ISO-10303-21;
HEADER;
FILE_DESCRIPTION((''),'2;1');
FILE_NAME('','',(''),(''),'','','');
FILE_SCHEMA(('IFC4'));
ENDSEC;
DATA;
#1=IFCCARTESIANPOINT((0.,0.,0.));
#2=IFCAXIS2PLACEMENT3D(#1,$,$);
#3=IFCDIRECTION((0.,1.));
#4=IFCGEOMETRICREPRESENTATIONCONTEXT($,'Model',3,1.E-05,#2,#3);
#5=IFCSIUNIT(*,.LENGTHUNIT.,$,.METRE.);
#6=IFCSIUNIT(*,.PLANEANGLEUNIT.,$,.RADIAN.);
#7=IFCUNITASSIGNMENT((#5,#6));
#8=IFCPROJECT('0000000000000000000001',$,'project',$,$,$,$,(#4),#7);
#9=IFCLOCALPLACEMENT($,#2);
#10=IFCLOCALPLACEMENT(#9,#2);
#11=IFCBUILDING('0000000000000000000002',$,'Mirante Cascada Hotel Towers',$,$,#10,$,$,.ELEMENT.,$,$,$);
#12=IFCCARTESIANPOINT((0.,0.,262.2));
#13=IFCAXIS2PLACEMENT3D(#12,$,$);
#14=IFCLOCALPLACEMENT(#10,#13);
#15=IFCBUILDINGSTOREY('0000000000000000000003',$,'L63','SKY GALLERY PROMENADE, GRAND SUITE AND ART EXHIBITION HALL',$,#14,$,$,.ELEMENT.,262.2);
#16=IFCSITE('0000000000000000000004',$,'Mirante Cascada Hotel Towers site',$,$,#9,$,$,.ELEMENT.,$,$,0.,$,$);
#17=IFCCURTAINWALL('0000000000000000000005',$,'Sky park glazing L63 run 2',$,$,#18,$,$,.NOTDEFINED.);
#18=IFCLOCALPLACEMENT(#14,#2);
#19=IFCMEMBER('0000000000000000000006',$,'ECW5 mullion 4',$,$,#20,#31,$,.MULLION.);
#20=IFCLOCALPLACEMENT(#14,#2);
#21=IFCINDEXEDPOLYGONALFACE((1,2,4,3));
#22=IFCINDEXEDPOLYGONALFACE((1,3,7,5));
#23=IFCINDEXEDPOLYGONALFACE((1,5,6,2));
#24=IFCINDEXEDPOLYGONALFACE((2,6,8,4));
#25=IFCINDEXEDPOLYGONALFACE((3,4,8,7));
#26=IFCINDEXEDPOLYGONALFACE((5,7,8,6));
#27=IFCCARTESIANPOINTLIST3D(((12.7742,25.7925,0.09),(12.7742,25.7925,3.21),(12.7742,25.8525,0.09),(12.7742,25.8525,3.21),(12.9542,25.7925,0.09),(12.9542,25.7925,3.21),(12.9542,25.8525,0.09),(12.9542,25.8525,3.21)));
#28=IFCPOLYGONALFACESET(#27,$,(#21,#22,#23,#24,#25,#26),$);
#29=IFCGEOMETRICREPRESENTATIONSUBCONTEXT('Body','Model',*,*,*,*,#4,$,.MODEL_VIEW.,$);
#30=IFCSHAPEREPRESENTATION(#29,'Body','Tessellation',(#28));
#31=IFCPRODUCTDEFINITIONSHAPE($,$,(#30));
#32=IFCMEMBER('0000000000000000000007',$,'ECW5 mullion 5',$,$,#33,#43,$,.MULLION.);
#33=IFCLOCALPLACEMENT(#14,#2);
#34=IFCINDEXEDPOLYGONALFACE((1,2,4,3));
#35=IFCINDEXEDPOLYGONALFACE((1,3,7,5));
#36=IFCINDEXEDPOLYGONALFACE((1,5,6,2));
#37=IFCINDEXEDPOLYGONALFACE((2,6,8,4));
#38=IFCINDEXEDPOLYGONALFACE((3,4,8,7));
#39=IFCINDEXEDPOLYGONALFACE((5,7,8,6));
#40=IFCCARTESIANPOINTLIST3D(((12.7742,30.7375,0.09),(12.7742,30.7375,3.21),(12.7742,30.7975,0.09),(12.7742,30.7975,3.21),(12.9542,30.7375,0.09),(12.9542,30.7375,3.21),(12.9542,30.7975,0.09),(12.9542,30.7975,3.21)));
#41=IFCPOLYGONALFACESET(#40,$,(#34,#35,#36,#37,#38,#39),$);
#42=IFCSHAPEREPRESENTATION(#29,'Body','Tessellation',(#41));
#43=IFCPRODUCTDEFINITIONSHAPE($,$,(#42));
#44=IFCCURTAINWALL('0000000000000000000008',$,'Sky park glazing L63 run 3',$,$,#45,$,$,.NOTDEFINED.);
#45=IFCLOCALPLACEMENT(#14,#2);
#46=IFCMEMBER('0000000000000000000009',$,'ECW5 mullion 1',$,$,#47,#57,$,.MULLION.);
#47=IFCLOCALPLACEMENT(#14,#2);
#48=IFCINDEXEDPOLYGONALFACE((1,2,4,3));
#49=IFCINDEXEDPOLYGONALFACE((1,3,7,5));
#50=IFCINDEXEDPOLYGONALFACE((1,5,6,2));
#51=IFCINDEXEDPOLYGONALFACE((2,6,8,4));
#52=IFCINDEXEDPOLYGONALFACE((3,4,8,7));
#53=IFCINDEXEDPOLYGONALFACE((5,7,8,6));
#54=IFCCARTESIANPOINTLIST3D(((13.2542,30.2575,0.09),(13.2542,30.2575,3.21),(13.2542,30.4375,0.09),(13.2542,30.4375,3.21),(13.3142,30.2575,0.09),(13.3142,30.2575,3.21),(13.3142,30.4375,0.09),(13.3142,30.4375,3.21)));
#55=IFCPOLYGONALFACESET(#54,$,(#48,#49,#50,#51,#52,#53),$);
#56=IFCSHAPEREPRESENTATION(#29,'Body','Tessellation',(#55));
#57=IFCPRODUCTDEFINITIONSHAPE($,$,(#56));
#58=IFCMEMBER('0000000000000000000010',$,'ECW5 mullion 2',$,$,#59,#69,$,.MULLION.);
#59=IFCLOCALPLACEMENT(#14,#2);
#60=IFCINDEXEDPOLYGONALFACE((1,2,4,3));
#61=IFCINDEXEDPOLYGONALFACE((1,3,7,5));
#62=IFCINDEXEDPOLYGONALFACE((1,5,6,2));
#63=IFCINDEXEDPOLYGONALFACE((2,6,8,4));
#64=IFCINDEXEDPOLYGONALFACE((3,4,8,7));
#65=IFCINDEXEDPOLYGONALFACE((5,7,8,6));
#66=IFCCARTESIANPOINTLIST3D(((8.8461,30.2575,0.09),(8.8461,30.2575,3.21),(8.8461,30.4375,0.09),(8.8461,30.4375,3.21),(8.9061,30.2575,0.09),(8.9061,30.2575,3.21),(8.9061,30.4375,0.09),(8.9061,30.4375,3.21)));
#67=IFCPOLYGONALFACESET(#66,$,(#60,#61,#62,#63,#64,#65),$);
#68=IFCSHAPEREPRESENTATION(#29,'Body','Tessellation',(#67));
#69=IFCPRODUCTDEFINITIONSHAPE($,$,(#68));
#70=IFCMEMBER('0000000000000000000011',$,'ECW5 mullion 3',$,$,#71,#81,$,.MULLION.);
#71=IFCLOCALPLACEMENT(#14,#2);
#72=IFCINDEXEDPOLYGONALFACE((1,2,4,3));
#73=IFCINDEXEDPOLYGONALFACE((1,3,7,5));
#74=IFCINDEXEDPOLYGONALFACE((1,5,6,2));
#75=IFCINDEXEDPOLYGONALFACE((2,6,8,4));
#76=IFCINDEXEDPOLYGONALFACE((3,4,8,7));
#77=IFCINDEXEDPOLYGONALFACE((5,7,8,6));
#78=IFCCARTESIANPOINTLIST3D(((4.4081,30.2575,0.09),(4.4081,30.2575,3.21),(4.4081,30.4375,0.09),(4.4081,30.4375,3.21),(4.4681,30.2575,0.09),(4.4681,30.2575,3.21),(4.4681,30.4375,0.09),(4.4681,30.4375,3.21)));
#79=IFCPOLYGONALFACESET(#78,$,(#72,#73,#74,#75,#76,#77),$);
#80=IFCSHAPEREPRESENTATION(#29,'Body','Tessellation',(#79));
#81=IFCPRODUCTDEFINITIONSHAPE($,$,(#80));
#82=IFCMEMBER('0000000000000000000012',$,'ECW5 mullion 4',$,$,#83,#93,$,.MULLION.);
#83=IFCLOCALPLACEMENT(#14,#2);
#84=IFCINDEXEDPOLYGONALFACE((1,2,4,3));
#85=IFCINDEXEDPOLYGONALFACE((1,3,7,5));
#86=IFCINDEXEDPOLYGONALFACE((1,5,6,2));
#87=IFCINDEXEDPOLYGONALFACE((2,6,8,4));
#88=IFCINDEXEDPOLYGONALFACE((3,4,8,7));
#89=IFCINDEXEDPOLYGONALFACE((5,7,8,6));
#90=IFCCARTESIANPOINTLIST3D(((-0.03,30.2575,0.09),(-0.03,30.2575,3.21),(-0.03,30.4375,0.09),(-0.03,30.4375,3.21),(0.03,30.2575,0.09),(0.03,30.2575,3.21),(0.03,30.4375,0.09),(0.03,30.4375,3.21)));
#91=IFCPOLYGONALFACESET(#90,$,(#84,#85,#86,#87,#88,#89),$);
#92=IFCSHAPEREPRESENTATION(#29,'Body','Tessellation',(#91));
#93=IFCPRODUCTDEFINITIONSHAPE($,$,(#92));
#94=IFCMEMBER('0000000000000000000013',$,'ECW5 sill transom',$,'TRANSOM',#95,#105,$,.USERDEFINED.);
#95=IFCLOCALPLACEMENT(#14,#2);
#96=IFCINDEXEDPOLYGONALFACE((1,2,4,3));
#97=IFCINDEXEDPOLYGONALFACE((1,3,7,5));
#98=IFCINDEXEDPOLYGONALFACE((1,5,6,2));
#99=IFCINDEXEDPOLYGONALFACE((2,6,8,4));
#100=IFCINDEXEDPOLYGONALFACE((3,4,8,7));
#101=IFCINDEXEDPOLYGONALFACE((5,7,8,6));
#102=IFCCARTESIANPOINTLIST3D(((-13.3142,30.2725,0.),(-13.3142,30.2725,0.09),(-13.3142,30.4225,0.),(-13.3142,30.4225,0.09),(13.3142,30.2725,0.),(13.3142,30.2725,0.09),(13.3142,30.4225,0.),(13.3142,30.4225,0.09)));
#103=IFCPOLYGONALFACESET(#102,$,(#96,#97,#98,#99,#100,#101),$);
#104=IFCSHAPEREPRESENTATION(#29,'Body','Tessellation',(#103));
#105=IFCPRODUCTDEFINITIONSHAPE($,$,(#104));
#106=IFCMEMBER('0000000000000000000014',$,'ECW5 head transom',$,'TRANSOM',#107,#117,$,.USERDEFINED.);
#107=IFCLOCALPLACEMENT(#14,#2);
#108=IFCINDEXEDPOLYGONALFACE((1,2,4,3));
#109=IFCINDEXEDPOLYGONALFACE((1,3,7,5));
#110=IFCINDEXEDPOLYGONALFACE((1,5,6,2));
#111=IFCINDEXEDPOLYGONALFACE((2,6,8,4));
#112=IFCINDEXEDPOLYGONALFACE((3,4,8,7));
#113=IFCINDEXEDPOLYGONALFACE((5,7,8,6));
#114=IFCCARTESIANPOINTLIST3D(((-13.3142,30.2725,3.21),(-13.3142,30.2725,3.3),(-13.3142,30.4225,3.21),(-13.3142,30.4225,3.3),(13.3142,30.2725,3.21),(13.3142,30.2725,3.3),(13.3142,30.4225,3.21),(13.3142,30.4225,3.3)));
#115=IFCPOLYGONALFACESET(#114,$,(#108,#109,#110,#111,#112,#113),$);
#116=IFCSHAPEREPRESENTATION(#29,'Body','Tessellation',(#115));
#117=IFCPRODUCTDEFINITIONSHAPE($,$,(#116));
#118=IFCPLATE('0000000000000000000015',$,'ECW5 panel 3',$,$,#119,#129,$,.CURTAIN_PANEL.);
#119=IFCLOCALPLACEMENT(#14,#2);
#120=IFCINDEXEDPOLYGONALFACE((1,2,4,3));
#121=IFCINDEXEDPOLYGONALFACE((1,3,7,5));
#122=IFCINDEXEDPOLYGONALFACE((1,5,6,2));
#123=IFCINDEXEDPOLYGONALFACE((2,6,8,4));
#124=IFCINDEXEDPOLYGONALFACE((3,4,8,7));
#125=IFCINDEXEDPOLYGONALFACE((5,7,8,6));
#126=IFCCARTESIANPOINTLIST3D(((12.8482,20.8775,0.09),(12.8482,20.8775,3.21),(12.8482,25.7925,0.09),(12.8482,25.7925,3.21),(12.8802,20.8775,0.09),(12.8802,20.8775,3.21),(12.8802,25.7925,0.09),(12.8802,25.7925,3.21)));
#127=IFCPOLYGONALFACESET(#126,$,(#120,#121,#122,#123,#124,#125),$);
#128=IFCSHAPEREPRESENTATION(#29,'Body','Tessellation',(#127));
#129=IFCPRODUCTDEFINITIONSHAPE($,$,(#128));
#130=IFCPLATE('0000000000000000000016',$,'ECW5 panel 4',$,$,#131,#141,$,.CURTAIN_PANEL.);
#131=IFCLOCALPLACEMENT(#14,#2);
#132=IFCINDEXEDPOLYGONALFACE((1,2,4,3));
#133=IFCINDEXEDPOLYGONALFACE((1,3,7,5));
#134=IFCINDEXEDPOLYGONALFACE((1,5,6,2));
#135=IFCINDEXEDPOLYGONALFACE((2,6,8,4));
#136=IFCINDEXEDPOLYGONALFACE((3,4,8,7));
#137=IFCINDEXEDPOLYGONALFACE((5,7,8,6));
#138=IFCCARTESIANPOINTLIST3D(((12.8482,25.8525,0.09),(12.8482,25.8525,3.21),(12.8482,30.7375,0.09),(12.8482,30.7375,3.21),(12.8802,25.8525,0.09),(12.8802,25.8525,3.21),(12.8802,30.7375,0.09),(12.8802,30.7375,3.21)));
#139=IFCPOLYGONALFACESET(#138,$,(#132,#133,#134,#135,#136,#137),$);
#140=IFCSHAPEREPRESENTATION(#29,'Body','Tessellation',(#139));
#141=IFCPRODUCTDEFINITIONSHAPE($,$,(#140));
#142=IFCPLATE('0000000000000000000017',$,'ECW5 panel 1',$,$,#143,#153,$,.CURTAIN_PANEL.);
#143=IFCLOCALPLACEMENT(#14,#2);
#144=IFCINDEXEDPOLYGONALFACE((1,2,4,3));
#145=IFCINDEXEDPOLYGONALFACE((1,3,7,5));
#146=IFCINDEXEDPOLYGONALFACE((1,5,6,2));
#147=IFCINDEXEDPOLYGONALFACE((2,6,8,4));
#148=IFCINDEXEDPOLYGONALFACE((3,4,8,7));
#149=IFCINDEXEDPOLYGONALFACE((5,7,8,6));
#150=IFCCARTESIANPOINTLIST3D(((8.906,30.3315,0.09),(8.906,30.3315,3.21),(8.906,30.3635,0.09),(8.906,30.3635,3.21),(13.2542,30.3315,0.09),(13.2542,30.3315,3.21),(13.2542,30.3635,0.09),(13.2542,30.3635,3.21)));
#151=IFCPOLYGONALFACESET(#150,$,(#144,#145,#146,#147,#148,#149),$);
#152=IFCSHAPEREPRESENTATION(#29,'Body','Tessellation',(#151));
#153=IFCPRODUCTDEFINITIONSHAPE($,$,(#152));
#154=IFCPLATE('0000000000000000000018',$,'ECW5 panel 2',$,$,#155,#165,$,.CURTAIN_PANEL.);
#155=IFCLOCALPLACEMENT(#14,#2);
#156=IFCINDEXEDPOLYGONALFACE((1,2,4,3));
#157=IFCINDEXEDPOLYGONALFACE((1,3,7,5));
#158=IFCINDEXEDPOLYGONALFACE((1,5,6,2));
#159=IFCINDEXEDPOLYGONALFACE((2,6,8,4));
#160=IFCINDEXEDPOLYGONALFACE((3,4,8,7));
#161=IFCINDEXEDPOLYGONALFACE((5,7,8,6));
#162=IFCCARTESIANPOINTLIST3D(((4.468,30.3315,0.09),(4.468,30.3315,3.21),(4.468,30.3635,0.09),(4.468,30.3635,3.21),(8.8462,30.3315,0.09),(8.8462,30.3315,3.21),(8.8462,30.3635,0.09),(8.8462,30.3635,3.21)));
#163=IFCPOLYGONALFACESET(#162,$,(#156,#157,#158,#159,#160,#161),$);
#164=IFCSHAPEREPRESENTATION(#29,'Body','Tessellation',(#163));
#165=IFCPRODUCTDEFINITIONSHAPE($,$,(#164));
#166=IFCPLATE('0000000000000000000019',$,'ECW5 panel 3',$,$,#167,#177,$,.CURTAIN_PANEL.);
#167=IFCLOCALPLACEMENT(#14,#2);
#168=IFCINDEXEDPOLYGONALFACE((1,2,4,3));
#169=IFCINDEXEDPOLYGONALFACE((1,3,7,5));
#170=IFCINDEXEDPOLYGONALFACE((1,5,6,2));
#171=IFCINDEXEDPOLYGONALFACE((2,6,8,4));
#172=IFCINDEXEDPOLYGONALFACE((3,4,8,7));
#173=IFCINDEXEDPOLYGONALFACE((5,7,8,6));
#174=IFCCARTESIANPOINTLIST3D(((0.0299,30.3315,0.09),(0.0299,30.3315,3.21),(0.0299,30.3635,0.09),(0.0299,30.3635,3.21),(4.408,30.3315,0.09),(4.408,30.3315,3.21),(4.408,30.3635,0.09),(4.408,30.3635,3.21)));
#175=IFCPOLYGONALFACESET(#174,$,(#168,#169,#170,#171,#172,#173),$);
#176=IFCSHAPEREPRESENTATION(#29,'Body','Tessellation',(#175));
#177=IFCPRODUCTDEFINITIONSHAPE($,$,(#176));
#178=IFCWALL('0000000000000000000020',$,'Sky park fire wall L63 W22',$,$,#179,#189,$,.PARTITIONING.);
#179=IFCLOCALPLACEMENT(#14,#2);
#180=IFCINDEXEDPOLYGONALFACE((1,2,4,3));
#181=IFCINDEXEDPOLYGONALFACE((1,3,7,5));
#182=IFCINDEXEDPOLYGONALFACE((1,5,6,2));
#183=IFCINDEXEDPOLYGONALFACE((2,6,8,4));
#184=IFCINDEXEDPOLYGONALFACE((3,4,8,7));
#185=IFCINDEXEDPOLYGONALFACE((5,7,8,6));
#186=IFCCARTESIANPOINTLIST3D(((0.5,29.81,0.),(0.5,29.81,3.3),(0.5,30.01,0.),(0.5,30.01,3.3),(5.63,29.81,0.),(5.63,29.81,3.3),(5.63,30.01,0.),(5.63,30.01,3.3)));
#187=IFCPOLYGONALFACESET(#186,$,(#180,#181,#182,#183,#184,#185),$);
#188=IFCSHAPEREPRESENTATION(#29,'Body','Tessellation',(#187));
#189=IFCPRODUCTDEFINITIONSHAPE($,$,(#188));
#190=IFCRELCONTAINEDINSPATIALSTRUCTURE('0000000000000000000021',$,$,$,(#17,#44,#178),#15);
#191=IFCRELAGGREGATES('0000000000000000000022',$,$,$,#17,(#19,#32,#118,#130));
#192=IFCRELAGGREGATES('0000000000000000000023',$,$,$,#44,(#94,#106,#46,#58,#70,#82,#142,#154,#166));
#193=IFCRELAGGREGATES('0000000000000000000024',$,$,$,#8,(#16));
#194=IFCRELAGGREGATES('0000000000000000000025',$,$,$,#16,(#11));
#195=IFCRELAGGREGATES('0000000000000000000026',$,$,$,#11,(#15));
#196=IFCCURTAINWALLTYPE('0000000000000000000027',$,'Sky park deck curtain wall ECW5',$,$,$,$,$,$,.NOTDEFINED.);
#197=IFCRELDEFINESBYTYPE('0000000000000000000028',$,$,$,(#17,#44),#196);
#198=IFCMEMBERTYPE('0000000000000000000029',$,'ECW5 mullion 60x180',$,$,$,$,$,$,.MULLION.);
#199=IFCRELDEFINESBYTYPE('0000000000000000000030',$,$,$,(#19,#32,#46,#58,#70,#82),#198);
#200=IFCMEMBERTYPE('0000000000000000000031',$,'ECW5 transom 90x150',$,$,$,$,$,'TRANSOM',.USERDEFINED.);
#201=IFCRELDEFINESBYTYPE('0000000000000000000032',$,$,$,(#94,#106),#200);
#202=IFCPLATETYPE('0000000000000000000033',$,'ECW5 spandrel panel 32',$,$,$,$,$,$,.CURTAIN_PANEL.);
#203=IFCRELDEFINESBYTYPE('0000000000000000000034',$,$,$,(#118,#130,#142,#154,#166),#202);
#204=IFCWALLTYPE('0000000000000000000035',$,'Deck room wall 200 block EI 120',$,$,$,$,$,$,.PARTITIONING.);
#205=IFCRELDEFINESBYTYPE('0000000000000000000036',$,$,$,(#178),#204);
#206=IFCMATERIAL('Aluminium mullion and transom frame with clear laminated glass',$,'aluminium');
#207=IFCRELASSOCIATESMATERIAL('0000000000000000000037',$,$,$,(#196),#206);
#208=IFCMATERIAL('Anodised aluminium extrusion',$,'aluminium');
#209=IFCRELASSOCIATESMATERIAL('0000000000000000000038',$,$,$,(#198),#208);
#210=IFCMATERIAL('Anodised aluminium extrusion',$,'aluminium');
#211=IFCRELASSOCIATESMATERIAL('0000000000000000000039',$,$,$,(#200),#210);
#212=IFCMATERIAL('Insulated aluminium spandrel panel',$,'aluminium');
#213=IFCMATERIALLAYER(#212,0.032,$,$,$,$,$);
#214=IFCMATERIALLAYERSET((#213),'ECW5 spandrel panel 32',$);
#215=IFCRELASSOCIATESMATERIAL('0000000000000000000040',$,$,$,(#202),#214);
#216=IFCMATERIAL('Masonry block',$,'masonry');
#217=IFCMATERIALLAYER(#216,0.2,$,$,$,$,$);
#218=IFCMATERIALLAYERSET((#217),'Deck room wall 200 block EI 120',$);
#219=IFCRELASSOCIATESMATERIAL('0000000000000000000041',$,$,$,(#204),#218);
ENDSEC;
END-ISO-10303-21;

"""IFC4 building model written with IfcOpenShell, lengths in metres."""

from ifc_helpers import new_model, si_unit, direction, frame, frame_2d, origin, origin_2d, place, context, subcontext, project, spatial, rectangle, extrude, material, layer, layer_set, material_profile, profile_set, type_object, element, aggregate, save


model = new_model("IFC4")

# Units and contexts
model_context = context("Model", 3, precision=1e-05, world=origin(), true_north=direction((0.0, 1.0)))
body_context = subcontext(model_context, "Body", "Model", "MODEL_VIEW")
ifc_project = project(units=[si_unit("LENGTHUNIT", "METRE"), si_unit("PLANEANGLEUNIT", "RADIAN")], contexts=[model_context])

# Site, building, storey
site_placement = place(None, origin())
site = spatial("IfcSite", under=ifc_project, at=site_placement, Name="Mirante Cascada Hotel Towers site", CompositionType="ELEMENT", RefElevation=0.0)
building_placement = place(site_placement, origin())
building = spatial("IfcBuilding", under=site, at=building_placement, Name="Mirante Cascada Hotel Towers", CompositionType="ELEMENT")
storey_placement = place(building_placement, frame((0.0, 0.0, 262.2)))
storey = spatial("IfcBuildingStorey", under=building, at=storey_placement, Name="L63", Description="SKY GALLERY PROMENADE, GRAND SUITE AND ART EXHIBITION HALL", CompositionType="ELEMENT", Elevation=262.2)

# Curtain walls, members
ifc_material_1 = material(Name="Aluminium mullion and transom frame with clear laminated glass", Category="aluminium")
curtain_wall_type = type_object("IfcCurtainWallType", Name="Sky park deck curtain wall ECW5", PredefinedType="NOTDEFINED", material=ifc_material_1)
curtain_wall_1_placement = place(storey_placement, origin())
curtain_wall_1 = element("IfcCurtainWall", 1, at=curtain_wall_1_placement, inside=storey, type_object=curtain_wall_type, Name="Sky park glazing L63 run 2", PredefinedType="NOTDEFINED")
ifc_material_2 = material(Name="Anodised aluminium extrusion", Category="aluminium")
ifc_material_profile_1 = material_profile(ifc_material_2, rectangle(XDim=0.18, YDim=0.06, at=origin_2d()), Name="ECW5 MULLION 60x180")
ifc_profile_set_1 = profile_set([ifc_material_profile_1], Name="Anodised aluminium extrusion")
member_type_1 = type_object("IfcMemberType", Name="ECW5 mullion 60x180", PredefinedType="MULLION", material=ifc_profile_set_1)
member_1_placement = place(storey_placement, frame((12.8642, 25.8225, 0.09), z_axis=(0.0, 0.0, 1.0), x_axis=(-1.0, 0.0, 0.0)))
member_1 = element("IfcMember", 2, at=member_1_placement, type_object=member_type_1, Name="ECW5 mullion 4", PredefinedType="MULLION", context=body_context, shape_type="SweptSolid", body=[
    extrude(rectangle(XDim=0.18, YDim=0.06, at=origin_2d()), origin(), (0.0, 0.0, 1.0), 3.12),
])
member_2_placement = place(storey_placement, frame((12.8642, 30.7675, 0.09), z_axis=(0.0, 0.0, 1.0), x_axis=(-1.0, 0.0, 0.0)))
member_2 = element("IfcMember", 3, at=member_2_placement, type_object=member_type_1, Name="ECW5 mullion 5", PredefinedType="MULLION", context=body_context, shape_type="SweptSolid", body=[
    extrude(rectangle(XDim=0.18, YDim=0.06, at=origin_2d()), origin(), (0.0, 0.0, 1.0), 3.12),
])
curtain_wall_2_placement = place(storey_placement, origin())
curtain_wall_2 = element("IfcCurtainWall", 4, at=curtain_wall_2_placement, inside=storey, type_object=curtain_wall_type, Name="Sky park glazing L63 run 3", PredefinedType="NOTDEFINED")
member_3_placement = place(storey_placement, frame((13.2842, 30.3475, 0.09), z_axis=(0.0, 0.0, 1.0), x_axis=(0.0, -1.0, 0.0)))
member_3 = element("IfcMember", 5, at=member_3_placement, type_object=member_type_1, Name="ECW5 mullion 1", PredefinedType="MULLION", context=body_context, shape_type="SweptSolid", body=[
    extrude(rectangle(XDim=0.18, YDim=0.06, at=origin_2d()), origin(), (0.0, 0.0, 1.0), 3.12),
])
member_4_placement = place(storey_placement, frame((8.8761, 30.3475, 0.09), z_axis=(0.0, 0.0, 1.0), x_axis=(0.0, -1.0, 0.0)))
member_4 = element("IfcMember", 6, at=member_4_placement, type_object=member_type_1, Name="ECW5 mullion 2", PredefinedType="MULLION", context=body_context, shape_type="SweptSolid", body=[
    extrude(rectangle(XDim=0.18, YDim=0.06, at=origin_2d()), origin(), (0.0, 0.0, 1.0), 3.12),
])
member_5_placement = place(storey_placement, frame((4.4381, 30.3475, 0.09), z_axis=(0.0, 0.0, 1.0), x_axis=(0.0, -1.0, 0.0)))
member_5 = element("IfcMember", 7, at=member_5_placement, type_object=member_type_1, Name="ECW5 mullion 3", PredefinedType="MULLION", context=body_context, shape_type="SweptSolid", body=[
    extrude(rectangle(XDim=0.18, YDim=0.06, at=origin_2d()), origin(), (0.0, 0.0, 1.0), 3.12),
])
member_6_placement = place(storey_placement, frame((0.0, 30.3475, 0.09), z_axis=(0.0, 0.0, 1.0), x_axis=(0.0, -1.0, 0.0)))
member_6 = element("IfcMember", 8, at=member_6_placement, type_object=member_type_1, Name="ECW5 mullion 4", PredefinedType="MULLION", context=body_context, shape_type="SweptSolid", body=[
    extrude(rectangle(XDim=0.18, YDim=0.06, at=origin_2d()), origin(), (0.0, 0.0, 1.0), 3.12),
])
ifc_material_3 = material(Name="Anodised aluminium extrusion", Category="aluminium")
ifc_material_profile_2 = material_profile(ifc_material_3, rectangle(XDim=0.15, YDim=0.09, at=origin_2d()), Name="ECW5 TRANSOM 90x150")
ifc_profile_set_2 = profile_set([ifc_material_profile_2], Name="Anodised aluminium extrusion")
member_type_2 = type_object("IfcMemberType", Name="ECW5 transom 90x150", ElementType="TRANSOM", PredefinedType="USERDEFINED", material=ifc_profile_set_2)
member_7_placement = place(storey_placement, frame((13.3142, 30.3475, 0.045), z_axis=(-1.0, 0.0, 0.0), x_axis=(0.0, -1.0, 0.0)))
member_7 = element("IfcMember", 9, at=member_7_placement, type_object=member_type_2, Name="ECW5 sill transom", ObjectType="TRANSOM", PredefinedType="USERDEFINED", context=body_context, shape_type="SweptSolid", body=[
    extrude(rectangle(XDim=0.15, YDim=0.09, at=origin_2d()), origin(), (0.0, 0.0, 1.0), 26.6284),
])
member_8_placement = place(storey_placement, frame((13.3142, 30.3475, 3.255), z_axis=(-1.0, 0.0, 0.0), x_axis=(0.0, -1.0, 0.0)))
member_8 = element("IfcMember", 10, at=member_8_placement, type_object=member_type_2, Name="ECW5 head transom", ObjectType="TRANSOM", PredefinedType="USERDEFINED", context=body_context, shape_type="SweptSolid", body=[
    extrude(rectangle(XDim=0.15, YDim=0.09, at=origin_2d()), origin(), (0.0, 0.0, 1.0), 26.6284),
])

# Plates
ifc_material_4 = material(Name="Insulated aluminium spandrel panel", Category="aluminium")
ifc_layer_1 = layer(ifc_material_4, 0.032)
ifc_layer_set_1 = layer_set([ifc_layer_1], Name="ECW5 spandrel panel 32")
plate_type = type_object("IfcPlateType", Name="ECW5 spandrel panel 32", PredefinedType="CURTAIN_PANEL", material=ifc_layer_set_1)
plate_1_placement = place(storey_placement, frame((12.8642, 23.335, 0.09), z_axis=(0.0, 0.0, 1.0), x_axis=(0.0, 1.0, 0.0)))
plate_1 = element("IfcPlate", 11, at=plate_1_placement, type_object=plate_type, Name="ECW5 panel 3", PredefinedType="CURTAIN_PANEL", context=body_context, shape_type="SweptSolid", body=[
    extrude(rectangle(XDim=4.915, YDim=0.032, at=origin_2d()), origin(), (0.0, 0.0, 1.0), 3.12),
])
plate_2_placement = place(storey_placement, frame((12.8642, 28.295, 0.09), z_axis=(0.0, 0.0, 1.0), x_axis=(0.0, 1.0, 0.0)))
plate_2 = element("IfcPlate", 12, at=plate_2_placement, type_object=plate_type, Name="ECW5 panel 4", PredefinedType="CURTAIN_PANEL", context=body_context, shape_type="SweptSolid", body=[
    extrude(rectangle(XDim=4.885, YDim=0.032, at=origin_2d()), origin(), (0.0, 0.0, 1.0), 3.12),
])
aggregate(curtain_wall_1, [member_1, member_2, plate_1, plate_2])
plate_3_placement = place(storey_placement, frame((11.0801, 30.3475, 0.09), z_axis=(0.0, 0.0, 1.0), x_axis=(-1.0, 0.0, 0.0)))
plate_3 = element("IfcPlate", 13, at=plate_3_placement, type_object=plate_type, Name="ECW5 panel 1", PredefinedType="CURTAIN_PANEL", context=body_context, shape_type="SweptSolid", body=[
    extrude(rectangle(XDim=4.3481, YDim=0.032, at=origin_2d()), origin(), (0.0, 0.0, 1.0), 3.12),
])
plate_4_placement = place(storey_placement, frame((6.6571, 30.3475, 0.09), z_axis=(0.0, 0.0, 1.0), x_axis=(-1.0, 0.0, 0.0)))
plate_4 = element("IfcPlate", 14, at=plate_4_placement, type_object=plate_type, Name="ECW5 panel 2", PredefinedType="CURTAIN_PANEL", context=body_context, shape_type="SweptSolid", body=[
    extrude(rectangle(XDim=4.3781, YDim=0.032, at=origin_2d()), origin(), (0.0, 0.0, 1.0), 3.12),
])
plate_5_placement = place(storey_placement, frame((2.219, 30.3475, 0.09), z_axis=(0.0, 0.0, 1.0), x_axis=(-1.0, 0.0, 0.0)))
plate_5 = element("IfcPlate", 15, at=plate_5_placement, type_object=plate_type, Name="ECW5 panel 3", PredefinedType="CURTAIN_PANEL", context=body_context, shape_type="SweptSolid", body=[
    extrude(rectangle(XDim=4.3781, YDim=0.032, at=origin_2d()), origin(), (0.0, 0.0, 1.0), 3.12),
])
aggregate(curtain_wall_2, [member_7, member_8, member_3, member_4, member_5, member_6, plate_3, plate_4, plate_5])

# Wall
ifc_material_5 = material(Name="Masonry block", Category="masonry")
ifc_layer_2 = layer(ifc_material_5, 0.2)
ifc_layer_set_2 = layer_set([ifc_layer_2], Name="Deck room wall 200 block EI 120")
wall_type = type_object("IfcWallType", Name="Deck room wall 200 block EI 120", PredefinedType="PARTITIONING", material=ifc_layer_set_2)
wall_1_placement = place(storey_placement, frame((0.5, 29.91, 0.0), z_axis=(0.0, 0.0, 1.0), x_axis=(1.0, 0.0, 0.0)))
element("IfcWall", 16, at=wall_1_placement, inside=storey, type_object=wall_type, Name="Sky park fire wall L63 W22", PredefinedType="PARTITIONING", context=body_context, shape_type="SweptSolid", body=[
    extrude(rectangle(XDim=5.13, YDim=0.2, at=frame_2d((2.565, 0.0))), origin(), (0.0, 0.0, 1.0), 3.3),
])

save(model, "model.ifc")
